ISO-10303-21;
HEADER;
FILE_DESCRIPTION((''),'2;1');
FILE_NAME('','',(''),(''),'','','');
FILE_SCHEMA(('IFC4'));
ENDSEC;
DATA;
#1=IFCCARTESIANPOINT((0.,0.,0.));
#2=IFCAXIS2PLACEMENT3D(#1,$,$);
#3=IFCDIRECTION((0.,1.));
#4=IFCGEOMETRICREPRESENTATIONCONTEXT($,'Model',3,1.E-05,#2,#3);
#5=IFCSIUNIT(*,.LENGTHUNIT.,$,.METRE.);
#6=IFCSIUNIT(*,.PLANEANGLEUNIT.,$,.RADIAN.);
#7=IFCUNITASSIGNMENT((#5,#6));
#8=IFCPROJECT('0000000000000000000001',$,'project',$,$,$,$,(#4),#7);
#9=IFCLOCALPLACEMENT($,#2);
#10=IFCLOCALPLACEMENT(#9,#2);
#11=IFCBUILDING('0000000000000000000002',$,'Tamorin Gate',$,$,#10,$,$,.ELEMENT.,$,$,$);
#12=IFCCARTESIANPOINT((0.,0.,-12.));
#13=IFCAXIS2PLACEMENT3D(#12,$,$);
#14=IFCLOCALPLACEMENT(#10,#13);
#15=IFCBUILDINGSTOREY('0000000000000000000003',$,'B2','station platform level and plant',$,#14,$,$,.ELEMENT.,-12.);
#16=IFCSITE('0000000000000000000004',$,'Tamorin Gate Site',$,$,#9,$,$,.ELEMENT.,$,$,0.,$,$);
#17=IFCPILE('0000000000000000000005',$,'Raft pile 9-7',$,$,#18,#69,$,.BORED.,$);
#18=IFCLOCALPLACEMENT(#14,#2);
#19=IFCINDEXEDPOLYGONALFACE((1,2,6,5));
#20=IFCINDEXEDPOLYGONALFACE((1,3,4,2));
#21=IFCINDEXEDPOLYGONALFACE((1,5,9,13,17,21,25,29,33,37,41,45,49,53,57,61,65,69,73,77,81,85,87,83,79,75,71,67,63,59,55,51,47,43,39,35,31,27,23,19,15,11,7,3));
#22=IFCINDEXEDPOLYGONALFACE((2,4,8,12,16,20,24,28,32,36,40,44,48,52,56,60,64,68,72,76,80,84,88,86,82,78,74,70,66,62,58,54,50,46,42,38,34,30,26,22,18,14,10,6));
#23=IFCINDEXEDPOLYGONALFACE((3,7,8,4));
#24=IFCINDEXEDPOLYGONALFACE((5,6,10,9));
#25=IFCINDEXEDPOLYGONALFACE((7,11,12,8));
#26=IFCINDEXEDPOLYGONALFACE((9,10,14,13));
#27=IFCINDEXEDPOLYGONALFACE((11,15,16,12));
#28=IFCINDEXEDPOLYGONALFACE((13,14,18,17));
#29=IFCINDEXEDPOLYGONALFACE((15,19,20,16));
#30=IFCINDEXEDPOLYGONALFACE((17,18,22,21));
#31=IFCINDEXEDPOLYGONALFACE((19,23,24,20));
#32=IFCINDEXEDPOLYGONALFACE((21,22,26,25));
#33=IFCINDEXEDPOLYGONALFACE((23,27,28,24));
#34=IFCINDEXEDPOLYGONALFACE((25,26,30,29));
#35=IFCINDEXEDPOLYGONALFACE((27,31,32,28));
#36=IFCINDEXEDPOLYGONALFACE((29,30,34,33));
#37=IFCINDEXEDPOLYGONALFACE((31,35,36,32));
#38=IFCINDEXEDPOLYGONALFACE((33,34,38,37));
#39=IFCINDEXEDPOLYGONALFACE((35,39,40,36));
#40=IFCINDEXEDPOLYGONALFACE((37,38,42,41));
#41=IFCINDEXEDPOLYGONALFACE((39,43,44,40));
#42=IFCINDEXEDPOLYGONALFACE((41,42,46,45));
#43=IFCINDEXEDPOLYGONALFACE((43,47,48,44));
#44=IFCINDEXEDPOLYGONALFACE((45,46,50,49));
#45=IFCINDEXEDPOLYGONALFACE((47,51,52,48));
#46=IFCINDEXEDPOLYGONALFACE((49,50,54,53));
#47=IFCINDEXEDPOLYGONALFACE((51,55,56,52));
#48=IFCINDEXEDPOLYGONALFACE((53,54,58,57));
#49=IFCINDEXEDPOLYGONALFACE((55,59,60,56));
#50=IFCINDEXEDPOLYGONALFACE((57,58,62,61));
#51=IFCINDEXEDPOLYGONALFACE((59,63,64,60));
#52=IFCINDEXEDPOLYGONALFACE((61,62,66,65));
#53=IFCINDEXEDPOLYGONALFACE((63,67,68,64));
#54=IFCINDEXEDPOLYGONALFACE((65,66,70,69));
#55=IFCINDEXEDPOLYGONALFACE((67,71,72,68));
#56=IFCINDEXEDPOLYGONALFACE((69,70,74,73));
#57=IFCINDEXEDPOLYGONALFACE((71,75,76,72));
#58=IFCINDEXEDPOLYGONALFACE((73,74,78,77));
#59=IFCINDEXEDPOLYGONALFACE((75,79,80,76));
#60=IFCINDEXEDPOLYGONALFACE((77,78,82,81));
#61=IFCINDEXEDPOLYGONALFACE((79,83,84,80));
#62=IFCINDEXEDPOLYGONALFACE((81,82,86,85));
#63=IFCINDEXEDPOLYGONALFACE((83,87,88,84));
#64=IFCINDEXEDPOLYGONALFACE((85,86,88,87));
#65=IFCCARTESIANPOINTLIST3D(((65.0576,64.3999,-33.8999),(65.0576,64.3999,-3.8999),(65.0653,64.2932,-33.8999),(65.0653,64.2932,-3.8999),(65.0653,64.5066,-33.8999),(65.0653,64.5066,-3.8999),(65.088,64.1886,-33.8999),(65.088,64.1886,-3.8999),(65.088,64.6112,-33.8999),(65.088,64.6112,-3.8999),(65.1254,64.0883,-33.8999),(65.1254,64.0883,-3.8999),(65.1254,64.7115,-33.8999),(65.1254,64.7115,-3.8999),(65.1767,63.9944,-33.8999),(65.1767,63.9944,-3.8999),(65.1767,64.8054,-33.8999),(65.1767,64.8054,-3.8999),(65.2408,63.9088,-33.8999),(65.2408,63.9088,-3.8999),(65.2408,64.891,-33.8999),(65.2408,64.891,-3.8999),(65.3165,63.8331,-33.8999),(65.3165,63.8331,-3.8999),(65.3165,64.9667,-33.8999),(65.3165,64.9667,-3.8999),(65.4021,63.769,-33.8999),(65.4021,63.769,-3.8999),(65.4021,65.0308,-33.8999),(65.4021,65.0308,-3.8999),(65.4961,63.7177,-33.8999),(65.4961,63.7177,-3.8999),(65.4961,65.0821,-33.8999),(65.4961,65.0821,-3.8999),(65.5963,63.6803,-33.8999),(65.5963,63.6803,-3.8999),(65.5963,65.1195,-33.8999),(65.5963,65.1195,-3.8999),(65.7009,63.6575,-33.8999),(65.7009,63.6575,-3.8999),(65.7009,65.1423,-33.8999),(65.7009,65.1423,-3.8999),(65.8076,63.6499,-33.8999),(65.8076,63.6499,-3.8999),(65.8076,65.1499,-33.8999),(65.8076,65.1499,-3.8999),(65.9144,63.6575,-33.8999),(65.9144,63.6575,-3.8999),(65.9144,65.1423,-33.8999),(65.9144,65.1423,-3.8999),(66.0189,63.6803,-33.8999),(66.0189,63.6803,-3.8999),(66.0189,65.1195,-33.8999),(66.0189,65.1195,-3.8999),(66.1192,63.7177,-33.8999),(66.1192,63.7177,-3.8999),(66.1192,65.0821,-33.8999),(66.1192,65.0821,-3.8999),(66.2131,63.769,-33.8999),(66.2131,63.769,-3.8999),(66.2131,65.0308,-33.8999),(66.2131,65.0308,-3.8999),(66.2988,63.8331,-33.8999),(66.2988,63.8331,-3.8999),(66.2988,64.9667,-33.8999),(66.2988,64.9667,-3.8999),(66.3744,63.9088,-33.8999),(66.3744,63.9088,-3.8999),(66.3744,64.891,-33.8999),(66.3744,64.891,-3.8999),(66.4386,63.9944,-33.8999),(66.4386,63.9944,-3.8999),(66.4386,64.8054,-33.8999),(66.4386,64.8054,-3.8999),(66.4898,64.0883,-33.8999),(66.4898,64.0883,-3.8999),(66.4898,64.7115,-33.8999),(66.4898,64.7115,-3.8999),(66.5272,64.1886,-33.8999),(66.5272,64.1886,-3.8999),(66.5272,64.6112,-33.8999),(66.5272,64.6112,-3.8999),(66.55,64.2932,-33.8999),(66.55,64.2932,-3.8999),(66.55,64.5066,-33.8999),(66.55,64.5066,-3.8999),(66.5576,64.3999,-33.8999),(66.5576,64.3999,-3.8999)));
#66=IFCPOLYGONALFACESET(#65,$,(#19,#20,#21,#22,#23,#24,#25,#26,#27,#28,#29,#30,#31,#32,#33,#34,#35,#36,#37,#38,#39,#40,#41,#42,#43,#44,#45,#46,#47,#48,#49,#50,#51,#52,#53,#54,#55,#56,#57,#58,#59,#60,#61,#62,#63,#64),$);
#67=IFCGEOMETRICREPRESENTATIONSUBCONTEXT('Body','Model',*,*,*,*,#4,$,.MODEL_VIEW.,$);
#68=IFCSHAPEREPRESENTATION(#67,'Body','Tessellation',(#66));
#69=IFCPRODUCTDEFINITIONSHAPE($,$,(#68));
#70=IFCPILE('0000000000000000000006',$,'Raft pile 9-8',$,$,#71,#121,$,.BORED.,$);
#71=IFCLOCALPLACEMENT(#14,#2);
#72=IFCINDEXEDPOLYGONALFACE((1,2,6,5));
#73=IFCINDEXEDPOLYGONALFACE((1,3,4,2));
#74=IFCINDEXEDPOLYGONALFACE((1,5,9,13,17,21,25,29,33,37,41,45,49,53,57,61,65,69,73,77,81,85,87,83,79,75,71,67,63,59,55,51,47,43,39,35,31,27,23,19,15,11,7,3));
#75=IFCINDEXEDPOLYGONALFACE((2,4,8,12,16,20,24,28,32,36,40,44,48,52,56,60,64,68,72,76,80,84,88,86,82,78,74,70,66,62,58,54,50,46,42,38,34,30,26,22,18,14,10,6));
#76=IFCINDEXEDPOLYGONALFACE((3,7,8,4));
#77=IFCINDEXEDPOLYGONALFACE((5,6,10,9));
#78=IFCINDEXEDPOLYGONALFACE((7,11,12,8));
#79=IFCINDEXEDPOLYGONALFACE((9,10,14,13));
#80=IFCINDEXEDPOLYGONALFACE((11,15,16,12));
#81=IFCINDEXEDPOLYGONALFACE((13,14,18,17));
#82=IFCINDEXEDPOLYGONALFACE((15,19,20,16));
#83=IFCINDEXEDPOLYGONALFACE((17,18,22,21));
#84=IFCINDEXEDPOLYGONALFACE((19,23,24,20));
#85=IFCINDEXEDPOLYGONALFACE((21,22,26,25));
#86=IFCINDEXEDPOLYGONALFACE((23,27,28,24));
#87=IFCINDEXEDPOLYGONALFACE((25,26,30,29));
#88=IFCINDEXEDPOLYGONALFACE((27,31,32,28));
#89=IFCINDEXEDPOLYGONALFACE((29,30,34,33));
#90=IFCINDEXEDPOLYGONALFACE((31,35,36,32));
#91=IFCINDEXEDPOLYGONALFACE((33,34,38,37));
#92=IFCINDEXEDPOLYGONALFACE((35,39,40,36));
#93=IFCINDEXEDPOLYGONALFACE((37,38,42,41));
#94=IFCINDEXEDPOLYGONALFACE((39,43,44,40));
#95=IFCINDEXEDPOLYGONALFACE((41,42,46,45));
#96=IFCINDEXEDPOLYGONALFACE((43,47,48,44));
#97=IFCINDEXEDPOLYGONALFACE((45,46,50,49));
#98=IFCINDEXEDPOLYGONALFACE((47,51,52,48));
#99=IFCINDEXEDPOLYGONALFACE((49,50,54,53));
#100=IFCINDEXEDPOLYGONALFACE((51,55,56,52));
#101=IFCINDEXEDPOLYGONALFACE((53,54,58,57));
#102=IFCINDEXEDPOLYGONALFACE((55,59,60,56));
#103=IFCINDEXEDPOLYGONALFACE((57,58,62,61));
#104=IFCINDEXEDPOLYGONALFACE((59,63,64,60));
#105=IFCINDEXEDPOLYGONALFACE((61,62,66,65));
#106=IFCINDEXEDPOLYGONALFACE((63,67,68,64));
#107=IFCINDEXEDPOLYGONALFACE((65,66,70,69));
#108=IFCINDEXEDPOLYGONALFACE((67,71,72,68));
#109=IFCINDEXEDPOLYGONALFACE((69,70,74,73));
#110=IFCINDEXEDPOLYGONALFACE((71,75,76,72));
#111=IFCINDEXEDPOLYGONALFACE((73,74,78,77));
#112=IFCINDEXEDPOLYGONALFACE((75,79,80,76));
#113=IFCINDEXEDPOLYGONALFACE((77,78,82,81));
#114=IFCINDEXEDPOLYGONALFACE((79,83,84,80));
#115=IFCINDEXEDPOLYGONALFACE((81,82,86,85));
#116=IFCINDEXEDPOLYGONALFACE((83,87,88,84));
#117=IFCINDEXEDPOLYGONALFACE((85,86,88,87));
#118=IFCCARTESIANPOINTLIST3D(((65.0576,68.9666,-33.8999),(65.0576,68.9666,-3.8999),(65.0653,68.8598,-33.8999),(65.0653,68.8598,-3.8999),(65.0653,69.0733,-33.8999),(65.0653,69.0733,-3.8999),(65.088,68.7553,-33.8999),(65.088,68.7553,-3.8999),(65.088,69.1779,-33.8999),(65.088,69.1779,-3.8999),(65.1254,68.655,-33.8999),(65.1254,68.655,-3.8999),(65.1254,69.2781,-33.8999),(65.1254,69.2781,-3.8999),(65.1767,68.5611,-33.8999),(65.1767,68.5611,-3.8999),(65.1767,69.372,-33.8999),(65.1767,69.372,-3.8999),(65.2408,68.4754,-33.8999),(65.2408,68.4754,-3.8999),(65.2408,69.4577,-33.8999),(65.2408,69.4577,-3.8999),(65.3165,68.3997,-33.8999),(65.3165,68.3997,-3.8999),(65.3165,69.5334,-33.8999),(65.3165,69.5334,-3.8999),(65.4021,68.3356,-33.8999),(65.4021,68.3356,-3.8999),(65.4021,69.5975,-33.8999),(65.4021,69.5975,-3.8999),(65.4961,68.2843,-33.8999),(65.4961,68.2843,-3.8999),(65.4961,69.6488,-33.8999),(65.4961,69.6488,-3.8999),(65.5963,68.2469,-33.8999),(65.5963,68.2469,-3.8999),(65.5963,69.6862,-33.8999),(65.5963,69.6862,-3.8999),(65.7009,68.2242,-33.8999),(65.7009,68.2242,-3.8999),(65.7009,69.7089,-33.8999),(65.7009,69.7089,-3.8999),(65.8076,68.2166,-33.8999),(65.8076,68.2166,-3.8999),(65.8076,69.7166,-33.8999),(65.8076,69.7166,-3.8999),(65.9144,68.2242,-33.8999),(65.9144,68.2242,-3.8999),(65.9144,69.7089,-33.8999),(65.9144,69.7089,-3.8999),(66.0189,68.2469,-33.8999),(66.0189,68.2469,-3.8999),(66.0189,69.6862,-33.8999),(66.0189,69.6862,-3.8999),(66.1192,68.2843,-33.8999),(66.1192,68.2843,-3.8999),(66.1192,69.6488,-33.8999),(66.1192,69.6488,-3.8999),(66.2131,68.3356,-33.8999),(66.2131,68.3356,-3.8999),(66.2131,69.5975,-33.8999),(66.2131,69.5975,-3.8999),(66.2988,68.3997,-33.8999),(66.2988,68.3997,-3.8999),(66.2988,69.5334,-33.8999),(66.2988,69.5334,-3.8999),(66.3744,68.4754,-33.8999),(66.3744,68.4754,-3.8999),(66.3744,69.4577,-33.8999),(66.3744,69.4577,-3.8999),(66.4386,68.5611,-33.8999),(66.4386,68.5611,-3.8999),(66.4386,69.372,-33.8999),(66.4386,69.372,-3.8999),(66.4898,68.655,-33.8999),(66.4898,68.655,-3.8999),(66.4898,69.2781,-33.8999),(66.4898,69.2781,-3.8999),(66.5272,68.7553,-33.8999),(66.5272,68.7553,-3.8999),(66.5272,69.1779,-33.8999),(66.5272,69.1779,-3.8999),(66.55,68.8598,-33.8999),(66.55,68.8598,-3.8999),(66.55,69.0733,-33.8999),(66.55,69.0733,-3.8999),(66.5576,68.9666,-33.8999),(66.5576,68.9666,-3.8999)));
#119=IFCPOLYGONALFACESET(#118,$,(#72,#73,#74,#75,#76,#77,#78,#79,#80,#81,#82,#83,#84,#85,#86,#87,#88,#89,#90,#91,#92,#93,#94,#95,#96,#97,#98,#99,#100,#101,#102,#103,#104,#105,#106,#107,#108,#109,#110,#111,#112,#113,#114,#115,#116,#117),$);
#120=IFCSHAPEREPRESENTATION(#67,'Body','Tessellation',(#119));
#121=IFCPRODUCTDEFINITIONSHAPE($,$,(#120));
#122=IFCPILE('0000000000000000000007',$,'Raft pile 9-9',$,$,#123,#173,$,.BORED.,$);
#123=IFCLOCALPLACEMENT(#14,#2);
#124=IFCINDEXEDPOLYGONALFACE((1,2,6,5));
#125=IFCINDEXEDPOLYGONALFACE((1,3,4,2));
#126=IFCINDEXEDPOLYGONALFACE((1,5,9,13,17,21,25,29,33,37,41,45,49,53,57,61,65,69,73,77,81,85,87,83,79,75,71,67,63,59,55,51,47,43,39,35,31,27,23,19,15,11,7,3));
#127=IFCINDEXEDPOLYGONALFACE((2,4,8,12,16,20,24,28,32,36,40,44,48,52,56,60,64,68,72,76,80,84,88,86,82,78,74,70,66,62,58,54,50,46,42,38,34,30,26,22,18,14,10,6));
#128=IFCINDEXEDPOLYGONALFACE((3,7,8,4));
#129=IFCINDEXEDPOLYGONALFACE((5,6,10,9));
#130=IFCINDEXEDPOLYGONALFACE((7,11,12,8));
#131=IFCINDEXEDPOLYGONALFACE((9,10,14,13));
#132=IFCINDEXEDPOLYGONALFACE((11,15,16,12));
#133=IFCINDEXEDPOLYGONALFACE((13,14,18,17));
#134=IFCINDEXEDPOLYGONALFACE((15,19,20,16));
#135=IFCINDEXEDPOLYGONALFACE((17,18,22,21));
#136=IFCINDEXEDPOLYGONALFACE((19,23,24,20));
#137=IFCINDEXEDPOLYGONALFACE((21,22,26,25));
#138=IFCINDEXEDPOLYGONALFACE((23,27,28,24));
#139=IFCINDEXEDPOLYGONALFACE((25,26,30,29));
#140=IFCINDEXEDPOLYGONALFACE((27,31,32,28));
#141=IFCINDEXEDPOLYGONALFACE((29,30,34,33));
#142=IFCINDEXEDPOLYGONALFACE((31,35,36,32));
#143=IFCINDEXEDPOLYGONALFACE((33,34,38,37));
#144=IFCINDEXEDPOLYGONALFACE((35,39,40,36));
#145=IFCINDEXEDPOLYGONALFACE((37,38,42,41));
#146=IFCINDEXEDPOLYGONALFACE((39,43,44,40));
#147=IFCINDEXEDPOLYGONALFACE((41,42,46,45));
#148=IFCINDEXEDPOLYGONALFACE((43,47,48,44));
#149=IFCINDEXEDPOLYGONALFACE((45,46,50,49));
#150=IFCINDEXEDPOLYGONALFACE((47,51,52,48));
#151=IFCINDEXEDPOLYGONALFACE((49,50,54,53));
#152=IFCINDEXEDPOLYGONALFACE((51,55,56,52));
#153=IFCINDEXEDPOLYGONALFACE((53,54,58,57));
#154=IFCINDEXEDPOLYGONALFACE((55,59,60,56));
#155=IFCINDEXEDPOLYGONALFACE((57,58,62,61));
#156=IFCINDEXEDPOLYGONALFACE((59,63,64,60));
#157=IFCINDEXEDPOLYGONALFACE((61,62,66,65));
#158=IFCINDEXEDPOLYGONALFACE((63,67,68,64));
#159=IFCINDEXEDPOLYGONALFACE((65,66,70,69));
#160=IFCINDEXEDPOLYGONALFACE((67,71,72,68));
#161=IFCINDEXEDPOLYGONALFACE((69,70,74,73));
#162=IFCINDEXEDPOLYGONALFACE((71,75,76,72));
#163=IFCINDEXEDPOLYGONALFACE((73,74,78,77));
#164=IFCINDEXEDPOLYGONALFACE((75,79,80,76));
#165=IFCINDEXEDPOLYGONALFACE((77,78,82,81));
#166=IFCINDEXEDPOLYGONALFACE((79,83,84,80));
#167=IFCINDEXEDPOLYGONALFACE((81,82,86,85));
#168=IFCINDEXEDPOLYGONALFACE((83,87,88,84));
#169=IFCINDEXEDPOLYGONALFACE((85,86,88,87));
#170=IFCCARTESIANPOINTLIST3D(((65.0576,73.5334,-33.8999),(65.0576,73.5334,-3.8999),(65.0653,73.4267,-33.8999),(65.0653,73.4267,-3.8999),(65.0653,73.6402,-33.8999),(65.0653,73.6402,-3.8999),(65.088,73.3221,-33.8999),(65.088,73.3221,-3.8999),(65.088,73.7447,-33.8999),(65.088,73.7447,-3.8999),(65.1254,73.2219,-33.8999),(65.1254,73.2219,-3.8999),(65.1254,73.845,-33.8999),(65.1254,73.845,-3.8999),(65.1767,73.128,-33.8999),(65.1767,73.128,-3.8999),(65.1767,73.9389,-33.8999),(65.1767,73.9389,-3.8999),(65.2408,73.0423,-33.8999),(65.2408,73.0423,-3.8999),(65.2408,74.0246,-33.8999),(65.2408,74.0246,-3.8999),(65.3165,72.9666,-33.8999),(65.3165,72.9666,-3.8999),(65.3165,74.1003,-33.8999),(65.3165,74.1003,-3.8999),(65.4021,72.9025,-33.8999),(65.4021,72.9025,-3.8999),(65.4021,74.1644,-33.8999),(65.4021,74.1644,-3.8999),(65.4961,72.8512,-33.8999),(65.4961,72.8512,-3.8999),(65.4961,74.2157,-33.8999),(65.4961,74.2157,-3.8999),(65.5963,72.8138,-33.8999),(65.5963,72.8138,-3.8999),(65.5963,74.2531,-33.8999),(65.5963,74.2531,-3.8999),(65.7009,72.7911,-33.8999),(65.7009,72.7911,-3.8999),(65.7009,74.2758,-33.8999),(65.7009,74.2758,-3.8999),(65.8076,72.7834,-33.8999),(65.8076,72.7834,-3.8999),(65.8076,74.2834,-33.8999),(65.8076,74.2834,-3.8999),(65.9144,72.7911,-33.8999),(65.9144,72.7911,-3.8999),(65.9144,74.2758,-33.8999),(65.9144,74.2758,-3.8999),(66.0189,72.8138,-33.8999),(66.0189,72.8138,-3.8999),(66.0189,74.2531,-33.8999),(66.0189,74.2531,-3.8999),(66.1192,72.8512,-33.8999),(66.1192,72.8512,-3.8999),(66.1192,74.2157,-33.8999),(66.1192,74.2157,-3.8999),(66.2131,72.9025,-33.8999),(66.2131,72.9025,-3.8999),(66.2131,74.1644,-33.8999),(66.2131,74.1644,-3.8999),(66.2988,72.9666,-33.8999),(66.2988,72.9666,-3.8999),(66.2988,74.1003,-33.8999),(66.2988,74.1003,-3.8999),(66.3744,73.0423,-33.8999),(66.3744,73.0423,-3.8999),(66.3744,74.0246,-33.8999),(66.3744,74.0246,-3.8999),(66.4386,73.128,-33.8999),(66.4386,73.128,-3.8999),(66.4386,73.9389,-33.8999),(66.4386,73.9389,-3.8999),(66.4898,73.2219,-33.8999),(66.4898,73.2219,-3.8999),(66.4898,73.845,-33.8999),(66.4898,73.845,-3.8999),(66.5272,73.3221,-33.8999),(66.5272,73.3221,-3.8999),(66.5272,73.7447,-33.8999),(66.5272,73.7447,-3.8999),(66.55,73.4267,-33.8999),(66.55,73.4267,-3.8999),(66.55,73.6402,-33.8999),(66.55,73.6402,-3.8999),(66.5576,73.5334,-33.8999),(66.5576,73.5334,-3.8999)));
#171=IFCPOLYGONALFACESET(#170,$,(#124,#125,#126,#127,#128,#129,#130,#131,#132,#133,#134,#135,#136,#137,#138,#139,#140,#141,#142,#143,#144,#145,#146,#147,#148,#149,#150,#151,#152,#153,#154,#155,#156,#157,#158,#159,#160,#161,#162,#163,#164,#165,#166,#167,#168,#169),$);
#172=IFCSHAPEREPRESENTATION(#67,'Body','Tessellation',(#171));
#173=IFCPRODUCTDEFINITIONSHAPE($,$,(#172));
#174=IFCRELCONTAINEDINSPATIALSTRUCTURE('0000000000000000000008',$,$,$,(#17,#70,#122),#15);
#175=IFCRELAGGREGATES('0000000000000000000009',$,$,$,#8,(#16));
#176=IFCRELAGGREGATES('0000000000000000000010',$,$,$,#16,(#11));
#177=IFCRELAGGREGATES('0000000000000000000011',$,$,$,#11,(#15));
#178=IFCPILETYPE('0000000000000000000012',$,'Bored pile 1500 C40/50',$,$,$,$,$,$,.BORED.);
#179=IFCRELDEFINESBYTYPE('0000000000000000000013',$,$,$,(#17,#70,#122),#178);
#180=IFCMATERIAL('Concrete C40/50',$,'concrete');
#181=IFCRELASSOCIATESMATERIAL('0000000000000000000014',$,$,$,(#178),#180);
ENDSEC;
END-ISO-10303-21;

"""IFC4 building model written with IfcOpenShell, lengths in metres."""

from ifc_helpers import new_model, si_unit, direction, frame, origin, origin_2d, place, context, subcontext, project, spatial, circle, extrude, material, material_profile, profile_set, type_object, element, save


model = new_model("IFC4")

# Units and contexts
model_context = context("Model", 3, precision=1e-05, world=origin(), true_north=direction((0.0, 1.0)))
body_context = subcontext(model_context, "Body", "Model", "MODEL_VIEW")
ifc_project = project(units=[si_unit("LENGTHUNIT", "METRE"), si_unit("PLANEANGLEUNIT", "RADIAN")], contexts=[model_context])

# Site, building, storey
site_placement = place(None, origin())
site = spatial("IfcSite", under=ifc_project, at=site_placement, Name="Tamorin Gate Site", CompositionType="ELEMENT", RefElevation=0.0)
building_placement = place(site_placement, origin())
building = spatial("IfcBuilding", under=site, at=building_placement, Name="Tamorin Gate", CompositionType="ELEMENT")
storey_placement = place(building_placement, frame((0.0, 0.0, -12.0)))
storey = spatial("IfcBuildingStorey", under=building, at=storey_placement, Name="B2", Description="station platform level and plant", CompositionType="ELEMENT", Elevation=-12.0)

# Piles
ifc_material_1 = material(Name="Concrete C40/50", Category="concrete")
ifc_material_profile_1 = material_profile(ifc_material_1, circle(Radius=0.75, at=origin_2d()))
ifc_profile_set_1 = profile_set([ifc_material_profile_1], Name="Concrete C40/50")
pile_type = type_object("IfcPileType", Name="Bored pile 1500 C40/50", PredefinedType="BORED", material=ifc_profile_set_1)
for number, where, z_axis, x_axis, name in (
    (1, (65.8076, 64.3999, -3.8999), (0.0, 0.0, -1.0), (1.0, 0.0, 0.0), "Raft pile 9-7"),
    (2, (65.8076, 68.9666, -3.8999), (0.0, 0.0, -1.0), (1.0, 0.0, 0.0), "Raft pile 9-8"),
    (3, (65.8076, 73.5334, -3.8999), (0.0, 0.0, -1.0), (1.0, 0.0, 0.0), "Raft pile 9-9"),
):
    element("IfcPile", number, at=place(storey_placement, frame(where, z_axis=z_axis, x_axis=x_axis)), inside=storey, type_object=pile_type, Name=name, PredefinedType="BORED", context=body_context, shape_type="SweptSolid", body=[
        extrude(circle(Radius=0.75, at=origin_2d()), origin(), (0.0, 0.0, 1.0), 30.0),
    ])

save(model, "model.ifc")
